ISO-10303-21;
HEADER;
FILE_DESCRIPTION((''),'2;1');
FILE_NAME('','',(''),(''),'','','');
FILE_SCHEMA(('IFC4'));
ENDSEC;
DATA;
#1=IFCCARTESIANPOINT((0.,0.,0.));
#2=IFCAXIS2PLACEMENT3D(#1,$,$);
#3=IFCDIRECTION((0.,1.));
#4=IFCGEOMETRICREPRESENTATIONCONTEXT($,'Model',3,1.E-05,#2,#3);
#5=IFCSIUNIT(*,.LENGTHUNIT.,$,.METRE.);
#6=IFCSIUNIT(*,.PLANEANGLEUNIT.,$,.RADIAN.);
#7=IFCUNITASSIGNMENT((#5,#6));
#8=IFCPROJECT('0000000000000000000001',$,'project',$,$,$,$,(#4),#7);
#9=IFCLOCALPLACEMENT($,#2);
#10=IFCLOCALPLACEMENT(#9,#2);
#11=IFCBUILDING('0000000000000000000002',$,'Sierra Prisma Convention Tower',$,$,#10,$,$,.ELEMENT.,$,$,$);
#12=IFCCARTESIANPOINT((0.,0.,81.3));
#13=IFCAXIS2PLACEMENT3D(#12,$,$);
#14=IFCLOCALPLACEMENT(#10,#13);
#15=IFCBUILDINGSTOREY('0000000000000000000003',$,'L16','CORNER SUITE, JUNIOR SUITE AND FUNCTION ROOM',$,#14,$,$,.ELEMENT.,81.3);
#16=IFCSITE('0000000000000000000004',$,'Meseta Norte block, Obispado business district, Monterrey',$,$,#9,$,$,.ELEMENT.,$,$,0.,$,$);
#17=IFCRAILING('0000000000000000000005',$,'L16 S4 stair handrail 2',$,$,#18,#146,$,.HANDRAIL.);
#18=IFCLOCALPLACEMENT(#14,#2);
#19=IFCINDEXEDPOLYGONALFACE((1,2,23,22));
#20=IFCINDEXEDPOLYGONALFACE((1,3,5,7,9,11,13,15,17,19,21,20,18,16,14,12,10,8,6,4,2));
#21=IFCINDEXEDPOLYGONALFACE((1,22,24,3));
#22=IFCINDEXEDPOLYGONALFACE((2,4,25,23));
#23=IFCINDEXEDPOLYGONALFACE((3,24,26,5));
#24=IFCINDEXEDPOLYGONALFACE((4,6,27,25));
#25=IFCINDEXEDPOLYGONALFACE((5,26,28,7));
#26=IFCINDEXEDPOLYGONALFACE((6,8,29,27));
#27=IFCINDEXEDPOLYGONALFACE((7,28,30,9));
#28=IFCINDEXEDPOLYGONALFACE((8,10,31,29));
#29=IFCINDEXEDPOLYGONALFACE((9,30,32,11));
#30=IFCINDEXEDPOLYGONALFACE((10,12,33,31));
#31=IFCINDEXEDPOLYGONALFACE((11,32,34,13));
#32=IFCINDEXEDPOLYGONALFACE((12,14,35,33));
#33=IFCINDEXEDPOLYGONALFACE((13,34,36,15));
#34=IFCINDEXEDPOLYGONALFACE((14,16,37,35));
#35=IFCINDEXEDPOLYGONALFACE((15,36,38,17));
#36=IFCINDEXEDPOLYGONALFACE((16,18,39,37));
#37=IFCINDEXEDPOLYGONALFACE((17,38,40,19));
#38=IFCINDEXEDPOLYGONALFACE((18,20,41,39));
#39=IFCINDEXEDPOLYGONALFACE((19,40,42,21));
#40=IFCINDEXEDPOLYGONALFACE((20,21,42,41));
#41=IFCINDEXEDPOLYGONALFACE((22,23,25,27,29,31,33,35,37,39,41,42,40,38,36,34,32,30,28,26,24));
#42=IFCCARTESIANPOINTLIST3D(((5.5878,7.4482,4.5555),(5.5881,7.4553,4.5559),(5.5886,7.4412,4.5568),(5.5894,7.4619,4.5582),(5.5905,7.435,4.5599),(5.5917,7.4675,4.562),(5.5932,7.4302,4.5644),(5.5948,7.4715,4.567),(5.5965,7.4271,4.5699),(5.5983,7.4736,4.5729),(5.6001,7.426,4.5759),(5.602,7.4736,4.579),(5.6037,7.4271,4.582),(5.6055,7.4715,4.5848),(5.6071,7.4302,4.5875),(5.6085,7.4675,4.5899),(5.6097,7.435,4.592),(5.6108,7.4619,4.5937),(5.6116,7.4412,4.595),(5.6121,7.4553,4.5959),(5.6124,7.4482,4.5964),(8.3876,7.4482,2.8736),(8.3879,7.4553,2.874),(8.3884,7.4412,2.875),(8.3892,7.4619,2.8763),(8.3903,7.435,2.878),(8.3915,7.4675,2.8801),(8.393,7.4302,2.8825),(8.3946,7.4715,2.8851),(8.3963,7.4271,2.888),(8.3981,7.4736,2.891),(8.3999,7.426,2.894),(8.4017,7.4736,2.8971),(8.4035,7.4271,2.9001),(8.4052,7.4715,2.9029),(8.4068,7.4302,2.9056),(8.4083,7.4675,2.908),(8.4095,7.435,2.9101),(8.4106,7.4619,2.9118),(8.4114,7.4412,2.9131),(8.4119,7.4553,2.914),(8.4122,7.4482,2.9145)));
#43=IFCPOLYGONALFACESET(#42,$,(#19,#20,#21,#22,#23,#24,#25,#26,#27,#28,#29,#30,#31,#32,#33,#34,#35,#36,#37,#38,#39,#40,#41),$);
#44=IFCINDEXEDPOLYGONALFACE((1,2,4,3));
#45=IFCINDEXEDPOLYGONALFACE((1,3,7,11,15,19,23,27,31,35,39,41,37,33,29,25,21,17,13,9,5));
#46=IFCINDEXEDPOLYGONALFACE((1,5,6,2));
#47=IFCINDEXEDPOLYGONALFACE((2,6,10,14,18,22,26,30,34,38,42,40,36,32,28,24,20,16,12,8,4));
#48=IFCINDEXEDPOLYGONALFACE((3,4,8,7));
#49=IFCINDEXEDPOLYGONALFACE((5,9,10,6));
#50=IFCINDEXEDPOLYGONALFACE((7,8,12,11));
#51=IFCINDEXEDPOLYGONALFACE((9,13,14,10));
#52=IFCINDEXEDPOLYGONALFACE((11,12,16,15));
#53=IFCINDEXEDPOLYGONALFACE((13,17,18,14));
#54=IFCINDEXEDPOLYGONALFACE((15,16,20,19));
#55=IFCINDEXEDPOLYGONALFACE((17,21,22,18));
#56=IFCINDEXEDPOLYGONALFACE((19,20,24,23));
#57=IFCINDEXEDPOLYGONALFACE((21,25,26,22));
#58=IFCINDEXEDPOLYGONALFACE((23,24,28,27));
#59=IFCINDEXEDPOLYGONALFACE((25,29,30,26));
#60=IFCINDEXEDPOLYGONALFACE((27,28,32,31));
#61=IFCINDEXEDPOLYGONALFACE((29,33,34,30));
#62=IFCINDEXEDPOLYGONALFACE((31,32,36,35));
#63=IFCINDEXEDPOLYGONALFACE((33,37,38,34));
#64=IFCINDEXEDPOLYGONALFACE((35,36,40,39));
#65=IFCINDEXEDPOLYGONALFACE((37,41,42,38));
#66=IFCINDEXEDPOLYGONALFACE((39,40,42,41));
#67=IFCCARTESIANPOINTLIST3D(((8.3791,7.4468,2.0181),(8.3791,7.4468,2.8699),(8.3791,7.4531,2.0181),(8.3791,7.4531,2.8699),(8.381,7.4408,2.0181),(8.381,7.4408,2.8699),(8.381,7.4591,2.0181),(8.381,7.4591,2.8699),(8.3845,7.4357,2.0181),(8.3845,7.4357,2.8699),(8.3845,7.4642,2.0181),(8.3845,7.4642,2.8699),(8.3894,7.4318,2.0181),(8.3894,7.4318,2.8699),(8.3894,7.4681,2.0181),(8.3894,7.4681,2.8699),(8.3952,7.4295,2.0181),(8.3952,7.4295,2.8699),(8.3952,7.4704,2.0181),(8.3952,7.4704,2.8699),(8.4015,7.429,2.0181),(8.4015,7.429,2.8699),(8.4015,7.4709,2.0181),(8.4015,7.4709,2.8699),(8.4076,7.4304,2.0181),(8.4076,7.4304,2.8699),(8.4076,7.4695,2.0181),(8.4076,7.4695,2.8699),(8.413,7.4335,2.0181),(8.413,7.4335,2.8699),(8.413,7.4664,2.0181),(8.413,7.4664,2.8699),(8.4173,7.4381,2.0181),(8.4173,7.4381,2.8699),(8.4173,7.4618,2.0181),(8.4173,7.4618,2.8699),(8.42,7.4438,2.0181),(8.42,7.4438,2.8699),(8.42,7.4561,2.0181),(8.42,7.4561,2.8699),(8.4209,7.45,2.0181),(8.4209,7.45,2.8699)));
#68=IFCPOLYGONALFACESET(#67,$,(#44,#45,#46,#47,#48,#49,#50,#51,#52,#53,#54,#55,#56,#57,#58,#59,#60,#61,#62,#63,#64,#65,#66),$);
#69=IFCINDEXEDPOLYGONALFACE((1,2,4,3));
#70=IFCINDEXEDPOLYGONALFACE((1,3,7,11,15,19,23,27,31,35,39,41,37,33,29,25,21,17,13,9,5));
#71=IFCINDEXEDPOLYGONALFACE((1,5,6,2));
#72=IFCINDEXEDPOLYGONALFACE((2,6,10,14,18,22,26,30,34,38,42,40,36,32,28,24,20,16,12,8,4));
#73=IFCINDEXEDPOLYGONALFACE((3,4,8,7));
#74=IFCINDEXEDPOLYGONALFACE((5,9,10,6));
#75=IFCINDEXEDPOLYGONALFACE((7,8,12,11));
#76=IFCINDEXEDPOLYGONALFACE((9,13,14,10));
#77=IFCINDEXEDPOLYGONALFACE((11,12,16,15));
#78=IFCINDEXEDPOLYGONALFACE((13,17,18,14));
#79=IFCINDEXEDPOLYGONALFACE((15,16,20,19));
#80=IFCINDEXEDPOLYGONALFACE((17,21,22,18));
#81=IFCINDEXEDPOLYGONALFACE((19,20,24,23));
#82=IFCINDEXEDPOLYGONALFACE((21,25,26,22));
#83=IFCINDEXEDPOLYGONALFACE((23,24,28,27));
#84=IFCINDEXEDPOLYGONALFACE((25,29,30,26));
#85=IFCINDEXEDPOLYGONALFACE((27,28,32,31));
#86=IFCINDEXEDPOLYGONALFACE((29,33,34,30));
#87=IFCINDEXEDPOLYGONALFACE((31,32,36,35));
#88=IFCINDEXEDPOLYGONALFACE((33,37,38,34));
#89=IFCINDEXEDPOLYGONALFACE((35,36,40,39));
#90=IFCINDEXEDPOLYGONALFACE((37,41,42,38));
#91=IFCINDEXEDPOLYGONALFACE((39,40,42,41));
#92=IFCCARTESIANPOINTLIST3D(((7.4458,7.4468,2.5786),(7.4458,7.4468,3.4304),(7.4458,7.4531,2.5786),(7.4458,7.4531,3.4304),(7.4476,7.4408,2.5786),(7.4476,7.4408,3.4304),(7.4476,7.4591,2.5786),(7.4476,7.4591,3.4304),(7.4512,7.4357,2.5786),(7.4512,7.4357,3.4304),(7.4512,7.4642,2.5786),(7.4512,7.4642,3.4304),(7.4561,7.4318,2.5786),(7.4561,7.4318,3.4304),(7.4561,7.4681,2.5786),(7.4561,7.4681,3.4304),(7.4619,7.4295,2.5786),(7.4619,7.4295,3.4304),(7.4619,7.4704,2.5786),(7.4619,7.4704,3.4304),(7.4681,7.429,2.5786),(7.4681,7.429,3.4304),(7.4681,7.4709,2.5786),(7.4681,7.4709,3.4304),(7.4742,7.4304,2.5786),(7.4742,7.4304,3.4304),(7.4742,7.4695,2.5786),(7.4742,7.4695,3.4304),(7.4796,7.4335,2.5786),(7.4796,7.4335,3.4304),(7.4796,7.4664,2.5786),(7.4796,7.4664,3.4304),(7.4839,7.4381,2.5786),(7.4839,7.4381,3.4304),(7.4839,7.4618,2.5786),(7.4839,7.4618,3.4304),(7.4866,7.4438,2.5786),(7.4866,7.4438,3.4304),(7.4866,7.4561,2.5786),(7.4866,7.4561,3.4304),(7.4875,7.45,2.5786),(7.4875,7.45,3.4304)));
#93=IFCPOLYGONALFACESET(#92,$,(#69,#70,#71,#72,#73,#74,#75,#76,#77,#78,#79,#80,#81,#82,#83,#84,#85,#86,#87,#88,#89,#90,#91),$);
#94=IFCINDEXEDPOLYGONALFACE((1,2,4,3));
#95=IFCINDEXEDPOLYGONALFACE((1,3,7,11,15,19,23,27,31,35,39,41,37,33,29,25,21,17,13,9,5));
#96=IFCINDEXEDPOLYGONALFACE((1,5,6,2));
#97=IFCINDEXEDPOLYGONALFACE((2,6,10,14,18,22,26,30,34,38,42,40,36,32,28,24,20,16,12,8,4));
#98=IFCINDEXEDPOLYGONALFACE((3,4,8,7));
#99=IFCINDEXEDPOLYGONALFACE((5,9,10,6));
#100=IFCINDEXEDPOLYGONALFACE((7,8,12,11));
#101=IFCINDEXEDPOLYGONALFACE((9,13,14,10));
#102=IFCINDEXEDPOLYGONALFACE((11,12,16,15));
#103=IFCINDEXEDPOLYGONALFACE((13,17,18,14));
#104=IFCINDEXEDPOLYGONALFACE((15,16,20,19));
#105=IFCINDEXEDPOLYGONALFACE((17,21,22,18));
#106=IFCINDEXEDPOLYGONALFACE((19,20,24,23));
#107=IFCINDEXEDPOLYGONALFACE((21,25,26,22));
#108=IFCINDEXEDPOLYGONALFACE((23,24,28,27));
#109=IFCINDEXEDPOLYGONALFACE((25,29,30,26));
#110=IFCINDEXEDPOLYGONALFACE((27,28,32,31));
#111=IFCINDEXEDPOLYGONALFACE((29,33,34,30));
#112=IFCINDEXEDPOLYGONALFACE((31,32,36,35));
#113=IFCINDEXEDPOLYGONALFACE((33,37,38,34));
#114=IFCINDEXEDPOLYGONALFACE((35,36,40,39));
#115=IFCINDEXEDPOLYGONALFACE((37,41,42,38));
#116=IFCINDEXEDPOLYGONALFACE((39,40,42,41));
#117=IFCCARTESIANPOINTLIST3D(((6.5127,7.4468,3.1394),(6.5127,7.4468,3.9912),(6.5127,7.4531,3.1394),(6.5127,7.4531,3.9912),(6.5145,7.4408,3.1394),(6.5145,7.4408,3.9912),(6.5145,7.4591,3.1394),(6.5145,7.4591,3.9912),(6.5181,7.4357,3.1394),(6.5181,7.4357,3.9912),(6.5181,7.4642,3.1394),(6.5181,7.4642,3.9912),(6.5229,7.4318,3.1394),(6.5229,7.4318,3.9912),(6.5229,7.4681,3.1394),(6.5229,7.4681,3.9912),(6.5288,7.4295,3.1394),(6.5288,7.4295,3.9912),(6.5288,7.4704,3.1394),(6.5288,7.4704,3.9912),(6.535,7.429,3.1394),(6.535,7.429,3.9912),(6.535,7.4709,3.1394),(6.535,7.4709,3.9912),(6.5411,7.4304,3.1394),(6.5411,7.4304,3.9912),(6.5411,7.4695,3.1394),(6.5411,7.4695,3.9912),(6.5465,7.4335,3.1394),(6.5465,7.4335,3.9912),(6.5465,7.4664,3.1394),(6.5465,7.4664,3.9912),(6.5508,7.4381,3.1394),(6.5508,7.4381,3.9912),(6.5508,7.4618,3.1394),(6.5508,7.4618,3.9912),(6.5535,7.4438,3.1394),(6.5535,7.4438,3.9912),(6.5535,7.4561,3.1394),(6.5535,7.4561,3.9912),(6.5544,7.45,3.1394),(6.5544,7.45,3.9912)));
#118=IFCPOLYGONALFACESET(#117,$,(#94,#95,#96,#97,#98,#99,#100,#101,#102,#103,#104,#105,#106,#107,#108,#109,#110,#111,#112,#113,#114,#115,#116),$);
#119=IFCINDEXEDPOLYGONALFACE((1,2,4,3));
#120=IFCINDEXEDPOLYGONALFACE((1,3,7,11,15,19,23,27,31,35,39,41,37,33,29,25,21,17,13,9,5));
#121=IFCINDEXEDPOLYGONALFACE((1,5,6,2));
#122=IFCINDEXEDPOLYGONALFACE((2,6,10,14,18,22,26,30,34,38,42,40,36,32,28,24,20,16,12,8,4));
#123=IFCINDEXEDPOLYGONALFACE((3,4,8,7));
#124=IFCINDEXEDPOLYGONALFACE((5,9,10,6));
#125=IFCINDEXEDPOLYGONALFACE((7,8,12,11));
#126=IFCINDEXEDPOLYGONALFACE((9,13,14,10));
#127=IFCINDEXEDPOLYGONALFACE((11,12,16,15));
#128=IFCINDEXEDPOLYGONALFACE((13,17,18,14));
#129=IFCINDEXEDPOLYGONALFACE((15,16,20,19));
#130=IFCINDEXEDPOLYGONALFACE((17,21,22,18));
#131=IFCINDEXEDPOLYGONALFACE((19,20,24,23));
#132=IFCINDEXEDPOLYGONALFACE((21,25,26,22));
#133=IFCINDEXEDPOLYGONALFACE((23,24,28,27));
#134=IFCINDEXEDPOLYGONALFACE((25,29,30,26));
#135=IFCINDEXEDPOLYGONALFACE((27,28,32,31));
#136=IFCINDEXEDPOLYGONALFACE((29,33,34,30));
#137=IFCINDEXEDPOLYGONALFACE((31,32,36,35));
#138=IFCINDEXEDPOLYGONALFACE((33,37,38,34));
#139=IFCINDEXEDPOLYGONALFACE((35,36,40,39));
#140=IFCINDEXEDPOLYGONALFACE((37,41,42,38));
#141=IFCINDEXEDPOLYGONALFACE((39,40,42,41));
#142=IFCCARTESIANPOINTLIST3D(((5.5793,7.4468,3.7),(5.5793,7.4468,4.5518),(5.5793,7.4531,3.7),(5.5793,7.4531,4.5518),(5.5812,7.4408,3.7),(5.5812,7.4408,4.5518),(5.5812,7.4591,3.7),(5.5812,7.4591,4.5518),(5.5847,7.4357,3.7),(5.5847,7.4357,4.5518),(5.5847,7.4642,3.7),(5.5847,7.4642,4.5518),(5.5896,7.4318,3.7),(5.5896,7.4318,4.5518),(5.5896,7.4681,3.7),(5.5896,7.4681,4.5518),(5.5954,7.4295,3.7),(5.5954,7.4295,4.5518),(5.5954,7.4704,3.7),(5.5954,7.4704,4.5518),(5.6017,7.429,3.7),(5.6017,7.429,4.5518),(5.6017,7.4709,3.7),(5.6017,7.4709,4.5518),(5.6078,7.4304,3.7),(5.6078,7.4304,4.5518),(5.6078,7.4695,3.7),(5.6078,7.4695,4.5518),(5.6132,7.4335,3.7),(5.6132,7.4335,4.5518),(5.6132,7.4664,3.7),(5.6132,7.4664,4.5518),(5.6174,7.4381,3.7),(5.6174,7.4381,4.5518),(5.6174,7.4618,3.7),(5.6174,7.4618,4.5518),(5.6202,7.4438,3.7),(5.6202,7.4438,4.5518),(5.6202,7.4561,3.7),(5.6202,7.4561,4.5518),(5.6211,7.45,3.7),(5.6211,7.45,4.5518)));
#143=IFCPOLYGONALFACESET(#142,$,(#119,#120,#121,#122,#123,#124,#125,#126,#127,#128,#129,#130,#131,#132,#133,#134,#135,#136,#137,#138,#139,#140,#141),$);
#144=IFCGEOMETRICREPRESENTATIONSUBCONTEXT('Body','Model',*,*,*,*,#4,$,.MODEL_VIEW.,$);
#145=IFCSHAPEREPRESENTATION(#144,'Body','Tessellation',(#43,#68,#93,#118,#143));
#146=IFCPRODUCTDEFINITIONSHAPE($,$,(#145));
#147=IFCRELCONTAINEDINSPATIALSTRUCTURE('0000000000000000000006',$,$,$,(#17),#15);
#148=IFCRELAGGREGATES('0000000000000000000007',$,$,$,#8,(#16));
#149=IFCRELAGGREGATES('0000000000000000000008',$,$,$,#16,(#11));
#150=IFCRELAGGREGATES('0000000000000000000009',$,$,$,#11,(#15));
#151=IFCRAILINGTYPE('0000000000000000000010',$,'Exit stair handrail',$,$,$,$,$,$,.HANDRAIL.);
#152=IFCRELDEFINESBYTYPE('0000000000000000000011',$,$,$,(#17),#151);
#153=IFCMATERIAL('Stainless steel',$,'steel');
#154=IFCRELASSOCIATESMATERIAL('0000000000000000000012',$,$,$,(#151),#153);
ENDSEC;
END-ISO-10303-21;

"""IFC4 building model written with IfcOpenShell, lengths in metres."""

from ifc_helpers import new_model, si_unit, direction, frame, origin, origin_2d, place, context, subcontext, project, spatial, circle, extrude, material, type_object, element, save


model = new_model("IFC4")

# Units and contexts
model_context = context("Model", 3, precision=1e-05, world=origin(), true_north=direction((0.0, 1.0)))
body_context = subcontext(model_context, "Body", "Model", "MODEL_VIEW")
ifc_project = project(units=[si_unit("LENGTHUNIT", "METRE"), si_unit("PLANEANGLEUNIT", "RADIAN")], contexts=[model_context])

# Site, building, storey
site_placement = place(None, origin())
site = spatial("IfcSite", under=ifc_project, at=site_placement, Name="Meseta Norte block, Obispado business district, Monterrey", CompositionType="ELEMENT", RefElevation=0.0)
building_placement = place(site_placement, origin())
building = spatial("IfcBuilding", under=site, at=building_placement, Name="Sierra Prisma Convention Tower", CompositionType="ELEMENT")
storey_placement = place(building_placement, frame((0.0, 0.0, 81.3)))
storey = spatial("IfcBuildingStorey", under=building, at=storey_placement, Name="L16", Description="CORNER SUITE, JUNIOR SUITE AND FUNCTION ROOM", CompositionType="ELEMENT", Elevation=81.3)

# Railing
ifc_material_1 = material(Name="Stainless steel", Category="steel")
railing_type_1 = type_object("IfcRailingType", Name="Exit stair handrail", PredefinedType="HANDRAIL", material=ifc_material_1)
railing_1_placement = place(storey_placement, frame((8.3999, 7.45, 2.0181)))
element("IfcRailing", 1, at=railing_1_placement, inside=storey, type_object=railing_type_1, Name="L16 S4 stair handrail 2", PredefinedType="HANDRAIL", context=body_context, shape_type="SweptSolid", body=[
    extrude(circle(Radius=0.0239, at=origin_2d()), frame((0.0, 0.0, 0.876), z_axis=(-0.857222, 0.0, 0.514946), x_axis=(0.0, -1.0, 0.0)), (0.0, 0.0, 1.0), 3.2661),
    extrude(circle(Radius=0.021, at=origin_2d()), origin(), (0.0, 0.0, 1.0), 0.8518),
    extrude(circle(Radius=0.021, at=origin_2d()), frame((-0.9333, 0.0, 0.5605)), (0.0, 0.0, 1.0), 0.8518),
    extrude(circle(Radius=0.021, at=origin_2d()), frame((-1.8665, 0.0, 1.1213)), (0.0, 0.0, 1.0), 0.8518),
    extrude(circle(Radius=0.021, at=origin_2d()), frame((-2.7998, 0.0, 1.6819)), (0.0, 0.0, 1.0), 0.8518),
])

save(model, "model.ifc")
